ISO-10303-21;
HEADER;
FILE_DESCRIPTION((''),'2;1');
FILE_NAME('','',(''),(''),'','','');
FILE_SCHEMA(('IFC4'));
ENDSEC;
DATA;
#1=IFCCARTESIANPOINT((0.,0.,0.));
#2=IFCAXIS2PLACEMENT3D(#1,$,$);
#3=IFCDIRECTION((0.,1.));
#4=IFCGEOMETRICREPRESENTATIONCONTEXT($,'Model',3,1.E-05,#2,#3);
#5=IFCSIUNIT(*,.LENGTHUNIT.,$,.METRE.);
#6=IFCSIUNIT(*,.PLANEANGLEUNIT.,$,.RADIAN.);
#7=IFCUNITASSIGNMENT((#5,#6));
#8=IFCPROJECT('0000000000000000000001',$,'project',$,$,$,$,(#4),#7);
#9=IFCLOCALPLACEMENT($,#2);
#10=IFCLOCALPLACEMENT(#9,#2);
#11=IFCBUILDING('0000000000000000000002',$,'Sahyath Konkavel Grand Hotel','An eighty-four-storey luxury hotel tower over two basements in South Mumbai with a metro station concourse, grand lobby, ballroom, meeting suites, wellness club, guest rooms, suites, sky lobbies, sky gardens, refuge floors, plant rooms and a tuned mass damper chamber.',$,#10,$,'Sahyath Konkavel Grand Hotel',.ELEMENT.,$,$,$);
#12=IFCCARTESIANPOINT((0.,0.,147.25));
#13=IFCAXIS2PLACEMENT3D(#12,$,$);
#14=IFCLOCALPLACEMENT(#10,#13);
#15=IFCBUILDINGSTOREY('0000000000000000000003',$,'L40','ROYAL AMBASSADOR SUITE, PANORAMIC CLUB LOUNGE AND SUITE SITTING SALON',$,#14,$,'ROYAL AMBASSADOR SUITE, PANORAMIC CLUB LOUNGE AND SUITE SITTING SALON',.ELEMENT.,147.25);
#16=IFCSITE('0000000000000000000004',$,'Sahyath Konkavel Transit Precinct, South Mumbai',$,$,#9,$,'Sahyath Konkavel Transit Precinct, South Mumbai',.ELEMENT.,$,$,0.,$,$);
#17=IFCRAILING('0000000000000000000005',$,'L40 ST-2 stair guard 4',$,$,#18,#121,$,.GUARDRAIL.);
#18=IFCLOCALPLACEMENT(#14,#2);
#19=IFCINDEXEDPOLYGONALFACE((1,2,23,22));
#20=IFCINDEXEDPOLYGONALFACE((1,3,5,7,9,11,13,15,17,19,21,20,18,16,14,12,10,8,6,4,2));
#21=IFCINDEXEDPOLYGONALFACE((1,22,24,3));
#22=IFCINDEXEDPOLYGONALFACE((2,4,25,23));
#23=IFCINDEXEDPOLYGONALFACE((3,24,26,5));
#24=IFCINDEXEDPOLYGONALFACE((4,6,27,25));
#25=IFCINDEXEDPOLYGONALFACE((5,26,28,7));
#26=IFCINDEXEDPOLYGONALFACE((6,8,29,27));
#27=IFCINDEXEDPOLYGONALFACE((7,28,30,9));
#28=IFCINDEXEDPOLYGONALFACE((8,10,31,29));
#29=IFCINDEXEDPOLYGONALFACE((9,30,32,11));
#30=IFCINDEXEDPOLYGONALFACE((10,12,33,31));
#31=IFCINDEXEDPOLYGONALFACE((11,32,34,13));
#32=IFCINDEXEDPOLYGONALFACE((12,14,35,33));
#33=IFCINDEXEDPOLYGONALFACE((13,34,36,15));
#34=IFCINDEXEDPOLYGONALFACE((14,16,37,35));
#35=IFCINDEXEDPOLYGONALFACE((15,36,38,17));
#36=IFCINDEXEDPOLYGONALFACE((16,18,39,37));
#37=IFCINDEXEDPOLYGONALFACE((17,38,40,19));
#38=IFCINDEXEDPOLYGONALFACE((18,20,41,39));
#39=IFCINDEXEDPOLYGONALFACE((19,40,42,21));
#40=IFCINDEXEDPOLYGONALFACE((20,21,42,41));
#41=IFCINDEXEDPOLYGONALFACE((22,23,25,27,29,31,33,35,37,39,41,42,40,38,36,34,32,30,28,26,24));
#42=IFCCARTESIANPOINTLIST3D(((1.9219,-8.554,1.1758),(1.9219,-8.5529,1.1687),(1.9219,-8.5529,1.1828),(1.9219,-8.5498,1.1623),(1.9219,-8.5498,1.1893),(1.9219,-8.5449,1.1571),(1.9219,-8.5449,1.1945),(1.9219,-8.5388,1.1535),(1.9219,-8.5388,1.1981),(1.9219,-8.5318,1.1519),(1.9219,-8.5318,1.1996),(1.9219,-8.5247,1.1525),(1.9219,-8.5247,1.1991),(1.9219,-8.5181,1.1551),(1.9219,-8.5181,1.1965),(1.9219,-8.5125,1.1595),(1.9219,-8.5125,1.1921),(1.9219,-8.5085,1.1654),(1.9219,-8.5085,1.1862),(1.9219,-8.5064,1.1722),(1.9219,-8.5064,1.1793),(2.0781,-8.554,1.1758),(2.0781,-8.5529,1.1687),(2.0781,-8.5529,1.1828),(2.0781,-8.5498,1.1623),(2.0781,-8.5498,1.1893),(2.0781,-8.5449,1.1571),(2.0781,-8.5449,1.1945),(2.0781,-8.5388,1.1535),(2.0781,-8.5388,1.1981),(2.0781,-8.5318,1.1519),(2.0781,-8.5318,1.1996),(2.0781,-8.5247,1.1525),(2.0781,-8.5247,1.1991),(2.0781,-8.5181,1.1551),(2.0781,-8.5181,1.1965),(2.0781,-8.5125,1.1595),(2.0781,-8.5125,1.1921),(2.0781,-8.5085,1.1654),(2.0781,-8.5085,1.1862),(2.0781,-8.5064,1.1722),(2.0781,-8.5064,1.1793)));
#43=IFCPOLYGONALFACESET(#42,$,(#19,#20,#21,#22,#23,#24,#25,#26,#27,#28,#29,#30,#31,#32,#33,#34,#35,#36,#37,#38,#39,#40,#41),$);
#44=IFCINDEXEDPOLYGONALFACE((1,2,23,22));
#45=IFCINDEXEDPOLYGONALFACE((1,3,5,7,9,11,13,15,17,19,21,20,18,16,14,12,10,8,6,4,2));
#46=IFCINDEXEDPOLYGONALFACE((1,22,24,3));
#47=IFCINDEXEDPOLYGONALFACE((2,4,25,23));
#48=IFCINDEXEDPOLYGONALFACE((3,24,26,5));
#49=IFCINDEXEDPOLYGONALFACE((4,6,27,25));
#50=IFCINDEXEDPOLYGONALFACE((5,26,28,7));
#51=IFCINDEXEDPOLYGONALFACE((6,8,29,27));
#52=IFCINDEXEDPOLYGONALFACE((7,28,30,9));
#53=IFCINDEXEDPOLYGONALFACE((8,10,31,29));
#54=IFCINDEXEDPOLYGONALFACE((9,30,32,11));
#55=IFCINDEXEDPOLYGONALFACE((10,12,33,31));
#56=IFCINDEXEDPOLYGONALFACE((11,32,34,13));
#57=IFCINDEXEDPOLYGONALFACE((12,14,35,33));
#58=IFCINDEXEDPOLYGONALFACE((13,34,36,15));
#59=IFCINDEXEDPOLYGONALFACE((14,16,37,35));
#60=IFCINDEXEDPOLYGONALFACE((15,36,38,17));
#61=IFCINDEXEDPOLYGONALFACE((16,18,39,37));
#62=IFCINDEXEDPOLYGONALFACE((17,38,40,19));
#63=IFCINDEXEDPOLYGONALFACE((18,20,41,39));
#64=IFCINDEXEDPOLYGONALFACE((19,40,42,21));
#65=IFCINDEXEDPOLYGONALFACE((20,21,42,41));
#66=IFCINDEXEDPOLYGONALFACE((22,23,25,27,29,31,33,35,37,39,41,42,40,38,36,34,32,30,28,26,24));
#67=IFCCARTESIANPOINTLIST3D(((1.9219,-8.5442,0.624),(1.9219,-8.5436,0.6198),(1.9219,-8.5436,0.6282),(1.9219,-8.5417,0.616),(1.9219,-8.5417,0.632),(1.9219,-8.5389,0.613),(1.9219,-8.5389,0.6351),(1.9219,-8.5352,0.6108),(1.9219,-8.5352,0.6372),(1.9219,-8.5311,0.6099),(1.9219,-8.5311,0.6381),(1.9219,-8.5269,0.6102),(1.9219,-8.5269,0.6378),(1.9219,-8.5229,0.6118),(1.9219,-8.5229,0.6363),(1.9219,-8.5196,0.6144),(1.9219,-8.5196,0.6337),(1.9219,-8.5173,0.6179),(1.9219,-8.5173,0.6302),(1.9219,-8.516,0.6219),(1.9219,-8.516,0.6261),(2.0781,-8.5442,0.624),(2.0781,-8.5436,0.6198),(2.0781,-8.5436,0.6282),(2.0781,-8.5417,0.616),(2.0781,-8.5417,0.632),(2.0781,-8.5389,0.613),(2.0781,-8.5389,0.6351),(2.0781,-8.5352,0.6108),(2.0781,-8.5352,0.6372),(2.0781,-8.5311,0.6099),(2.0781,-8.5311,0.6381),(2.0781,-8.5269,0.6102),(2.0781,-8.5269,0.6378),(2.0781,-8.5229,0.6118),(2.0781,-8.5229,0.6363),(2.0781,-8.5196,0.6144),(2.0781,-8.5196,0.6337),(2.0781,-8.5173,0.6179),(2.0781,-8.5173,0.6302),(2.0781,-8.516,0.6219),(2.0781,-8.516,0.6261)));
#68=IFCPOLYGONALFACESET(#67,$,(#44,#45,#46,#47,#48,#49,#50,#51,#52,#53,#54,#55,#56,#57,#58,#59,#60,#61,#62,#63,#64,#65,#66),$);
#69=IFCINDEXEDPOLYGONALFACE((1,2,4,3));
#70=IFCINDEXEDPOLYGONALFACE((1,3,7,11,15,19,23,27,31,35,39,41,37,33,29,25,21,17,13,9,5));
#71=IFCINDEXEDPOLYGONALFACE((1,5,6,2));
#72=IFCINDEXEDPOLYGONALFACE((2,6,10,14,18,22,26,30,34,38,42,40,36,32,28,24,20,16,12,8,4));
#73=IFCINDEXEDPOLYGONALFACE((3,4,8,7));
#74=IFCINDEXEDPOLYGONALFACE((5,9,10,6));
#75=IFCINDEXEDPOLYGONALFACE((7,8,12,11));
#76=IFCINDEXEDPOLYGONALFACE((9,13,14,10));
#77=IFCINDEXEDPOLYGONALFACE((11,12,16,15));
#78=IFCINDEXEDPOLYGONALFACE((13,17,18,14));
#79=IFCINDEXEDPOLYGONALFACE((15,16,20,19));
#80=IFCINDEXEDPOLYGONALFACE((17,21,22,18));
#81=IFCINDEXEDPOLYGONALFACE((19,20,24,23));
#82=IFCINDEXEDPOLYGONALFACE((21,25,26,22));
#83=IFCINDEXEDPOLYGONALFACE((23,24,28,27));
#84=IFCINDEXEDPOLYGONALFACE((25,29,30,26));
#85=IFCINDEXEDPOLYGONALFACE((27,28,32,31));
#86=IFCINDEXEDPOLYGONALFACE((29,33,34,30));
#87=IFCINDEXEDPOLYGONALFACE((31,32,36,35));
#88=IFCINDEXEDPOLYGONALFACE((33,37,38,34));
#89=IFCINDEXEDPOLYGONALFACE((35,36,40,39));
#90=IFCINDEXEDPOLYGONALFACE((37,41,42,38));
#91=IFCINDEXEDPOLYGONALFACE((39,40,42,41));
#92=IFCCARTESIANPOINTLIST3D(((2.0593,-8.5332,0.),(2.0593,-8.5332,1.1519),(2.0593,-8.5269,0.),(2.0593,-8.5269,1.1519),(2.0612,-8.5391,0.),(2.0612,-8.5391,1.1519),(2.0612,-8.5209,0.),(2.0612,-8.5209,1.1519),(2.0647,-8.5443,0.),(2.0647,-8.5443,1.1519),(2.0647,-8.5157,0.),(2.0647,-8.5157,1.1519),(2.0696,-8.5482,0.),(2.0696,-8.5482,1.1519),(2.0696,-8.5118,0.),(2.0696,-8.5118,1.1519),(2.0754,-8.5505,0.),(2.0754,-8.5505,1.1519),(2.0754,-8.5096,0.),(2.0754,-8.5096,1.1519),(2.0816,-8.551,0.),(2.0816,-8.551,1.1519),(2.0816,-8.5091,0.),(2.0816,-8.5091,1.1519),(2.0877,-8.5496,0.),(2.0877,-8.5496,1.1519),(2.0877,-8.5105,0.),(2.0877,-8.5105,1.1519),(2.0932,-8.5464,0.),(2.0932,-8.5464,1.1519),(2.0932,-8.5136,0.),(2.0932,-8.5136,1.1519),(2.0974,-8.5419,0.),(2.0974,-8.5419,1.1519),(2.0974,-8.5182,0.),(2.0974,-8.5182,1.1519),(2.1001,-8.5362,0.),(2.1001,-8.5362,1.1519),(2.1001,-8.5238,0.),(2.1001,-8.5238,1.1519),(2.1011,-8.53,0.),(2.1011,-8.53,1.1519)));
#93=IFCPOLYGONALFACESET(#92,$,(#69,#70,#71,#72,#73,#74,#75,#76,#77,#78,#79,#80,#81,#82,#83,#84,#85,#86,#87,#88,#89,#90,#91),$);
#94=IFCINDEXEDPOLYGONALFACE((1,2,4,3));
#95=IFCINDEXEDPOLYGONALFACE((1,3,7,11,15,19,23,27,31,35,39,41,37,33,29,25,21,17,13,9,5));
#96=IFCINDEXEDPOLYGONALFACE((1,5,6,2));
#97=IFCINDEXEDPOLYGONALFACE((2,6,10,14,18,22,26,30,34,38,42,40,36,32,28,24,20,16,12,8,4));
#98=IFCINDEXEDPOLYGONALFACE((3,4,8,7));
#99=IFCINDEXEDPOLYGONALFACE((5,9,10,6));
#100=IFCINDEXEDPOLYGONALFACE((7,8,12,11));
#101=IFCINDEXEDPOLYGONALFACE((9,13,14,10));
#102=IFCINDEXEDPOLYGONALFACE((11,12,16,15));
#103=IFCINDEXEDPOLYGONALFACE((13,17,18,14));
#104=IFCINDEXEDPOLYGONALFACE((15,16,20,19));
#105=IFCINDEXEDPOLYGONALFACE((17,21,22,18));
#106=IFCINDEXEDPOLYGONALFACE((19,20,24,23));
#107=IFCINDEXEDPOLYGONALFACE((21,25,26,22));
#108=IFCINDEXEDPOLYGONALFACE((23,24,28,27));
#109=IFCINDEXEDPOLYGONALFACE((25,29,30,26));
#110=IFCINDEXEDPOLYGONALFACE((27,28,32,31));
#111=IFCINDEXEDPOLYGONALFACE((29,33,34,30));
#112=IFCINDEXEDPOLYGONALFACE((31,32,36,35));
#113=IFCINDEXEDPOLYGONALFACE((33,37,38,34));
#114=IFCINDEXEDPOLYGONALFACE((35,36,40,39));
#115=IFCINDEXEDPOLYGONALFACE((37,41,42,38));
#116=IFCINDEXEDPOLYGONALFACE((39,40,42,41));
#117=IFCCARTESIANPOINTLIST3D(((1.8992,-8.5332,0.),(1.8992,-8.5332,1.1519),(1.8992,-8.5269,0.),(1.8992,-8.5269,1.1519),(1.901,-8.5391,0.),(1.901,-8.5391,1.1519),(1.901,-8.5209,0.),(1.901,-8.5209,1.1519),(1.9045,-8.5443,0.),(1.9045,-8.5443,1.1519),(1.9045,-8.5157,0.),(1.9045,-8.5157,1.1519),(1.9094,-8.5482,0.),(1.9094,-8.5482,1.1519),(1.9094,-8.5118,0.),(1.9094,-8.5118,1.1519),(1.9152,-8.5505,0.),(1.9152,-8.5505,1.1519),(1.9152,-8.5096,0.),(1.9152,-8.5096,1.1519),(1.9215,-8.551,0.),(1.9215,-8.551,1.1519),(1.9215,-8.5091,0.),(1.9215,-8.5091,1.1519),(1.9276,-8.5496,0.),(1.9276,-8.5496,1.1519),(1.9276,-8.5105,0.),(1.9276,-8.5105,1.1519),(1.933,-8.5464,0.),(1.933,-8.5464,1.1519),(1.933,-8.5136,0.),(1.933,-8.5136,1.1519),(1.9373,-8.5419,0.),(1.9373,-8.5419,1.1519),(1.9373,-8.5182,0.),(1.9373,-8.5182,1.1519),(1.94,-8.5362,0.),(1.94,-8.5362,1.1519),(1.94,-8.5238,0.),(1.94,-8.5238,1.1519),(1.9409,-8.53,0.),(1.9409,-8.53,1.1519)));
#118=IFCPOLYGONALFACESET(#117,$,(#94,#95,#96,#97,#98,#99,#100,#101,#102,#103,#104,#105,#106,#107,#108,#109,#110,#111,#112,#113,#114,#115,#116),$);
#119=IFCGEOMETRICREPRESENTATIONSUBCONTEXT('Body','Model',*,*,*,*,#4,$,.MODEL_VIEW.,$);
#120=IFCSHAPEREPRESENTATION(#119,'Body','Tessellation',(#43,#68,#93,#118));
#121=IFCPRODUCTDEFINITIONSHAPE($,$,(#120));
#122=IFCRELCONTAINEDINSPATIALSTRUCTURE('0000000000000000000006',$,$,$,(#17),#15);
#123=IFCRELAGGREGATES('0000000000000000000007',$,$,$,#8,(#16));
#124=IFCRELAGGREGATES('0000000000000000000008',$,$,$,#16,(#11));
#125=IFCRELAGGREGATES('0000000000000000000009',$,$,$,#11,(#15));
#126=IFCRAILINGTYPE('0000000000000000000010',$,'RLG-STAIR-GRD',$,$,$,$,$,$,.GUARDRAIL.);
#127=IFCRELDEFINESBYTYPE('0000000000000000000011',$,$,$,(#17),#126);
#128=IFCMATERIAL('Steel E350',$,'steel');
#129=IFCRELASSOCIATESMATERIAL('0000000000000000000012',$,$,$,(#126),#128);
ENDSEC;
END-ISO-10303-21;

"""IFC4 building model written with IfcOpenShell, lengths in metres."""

from ifc_helpers import new_model, si_unit, direction, frame, origin, origin_2d, place, context, subcontext, project, spatial, circle, extrude, material, type_object, element, save


model = new_model("IFC4")

# Units and contexts
model_context = context("Model", 3, precision=1e-05, world=origin(), true_north=direction((0.0, 1.0)))
body_context = subcontext(model_context, "Body", "Model", "MODEL_VIEW")
ifc_project = project(units=[si_unit("LENGTHUNIT", "METRE"), si_unit("PLANEANGLEUNIT", "RADIAN")], contexts=[model_context])

# Site, building, storey
site_placement = place(None, origin())
site = spatial("IfcSite", under=ifc_project, at=site_placement, Name="Sahyath Konkavel Transit Precinct, South Mumbai", LongName="Sahyath Konkavel Transit Precinct, South Mumbai", CompositionType="ELEMENT", RefElevation=0.0)
building_placement = place(site_placement, origin())
building = spatial("IfcBuilding", under=site, at=building_placement, Name="Sahyath Konkavel Grand Hotel", Description="An eighty-four-storey luxury hotel tower over two basements in South Mumbai with a metro station concourse, grand lobby, ballroom, meeting suites, wellness club, guest rooms, suites, sky lobbies, sky gardens, refuge floors, plant rooms and a tuned mass damper chamber.", LongName="Sahyath Konkavel Grand Hotel", CompositionType="ELEMENT")
storey_placement = place(building_placement, frame((0.0, 0.0, 147.25)))
storey = spatial("IfcBuildingStorey", under=building, at=storey_placement, Name="L40", Description="ROYAL AMBASSADOR SUITE, PANORAMIC CLUB LOUNGE AND SUITE SITTING SALON", LongName="ROYAL AMBASSADOR SUITE, PANORAMIC CLUB LOUNGE AND SUITE SITTING SALON", CompositionType="ELEMENT", Elevation=147.25)

# Shared definitions
ifc_material_1 = material(Name="Steel E350", Category="steel")

# Railing
railing_type_1 = type_object("IfcRailingType", Name="RLG-STAIR-GRD", PredefinedType="GUARDRAIL", material=ifc_material_1)
railing_1_placement = place(storey_placement, frame((2.0801, -8.53, 0.0)))
element("IfcRailing", 1, at=railing_1_placement, inside=storey, type_object=railing_type_1, Name="L40 ST-2 stair guard 4", PredefinedType="GUARDRAIL", context=body_context, shape_type="SweptSolid", body=[
    extrude(circle(Radius=0.0239, at=origin_2d()), frame((-0.002, 0.0, 1.1758), z_axis=(-1.0, 0.0, 0.0), x_axis=(0.0, -1.0, 0.0)), (0.0, 0.0, 1.0), 0.1562),
    extrude(circle(Radius=0.0142, at=origin_2d()), frame((-0.002, 0.0, 0.624), z_axis=(-1.0, 0.0, 0.0), x_axis=(0.0, -1.0, 0.0)), (0.0, 0.0, 1.0), 0.1562),
    extrude(circle(Radius=0.021, at=origin_2d()), origin(), (0.0, 0.0, 1.0), 1.1519),
    extrude(circle(Radius=0.021, at=origin_2d()), frame((-0.1602, 0.0, 0.0)), (0.0, 0.0, 1.0), 1.1519),
])

save(model, "model.ifc")
